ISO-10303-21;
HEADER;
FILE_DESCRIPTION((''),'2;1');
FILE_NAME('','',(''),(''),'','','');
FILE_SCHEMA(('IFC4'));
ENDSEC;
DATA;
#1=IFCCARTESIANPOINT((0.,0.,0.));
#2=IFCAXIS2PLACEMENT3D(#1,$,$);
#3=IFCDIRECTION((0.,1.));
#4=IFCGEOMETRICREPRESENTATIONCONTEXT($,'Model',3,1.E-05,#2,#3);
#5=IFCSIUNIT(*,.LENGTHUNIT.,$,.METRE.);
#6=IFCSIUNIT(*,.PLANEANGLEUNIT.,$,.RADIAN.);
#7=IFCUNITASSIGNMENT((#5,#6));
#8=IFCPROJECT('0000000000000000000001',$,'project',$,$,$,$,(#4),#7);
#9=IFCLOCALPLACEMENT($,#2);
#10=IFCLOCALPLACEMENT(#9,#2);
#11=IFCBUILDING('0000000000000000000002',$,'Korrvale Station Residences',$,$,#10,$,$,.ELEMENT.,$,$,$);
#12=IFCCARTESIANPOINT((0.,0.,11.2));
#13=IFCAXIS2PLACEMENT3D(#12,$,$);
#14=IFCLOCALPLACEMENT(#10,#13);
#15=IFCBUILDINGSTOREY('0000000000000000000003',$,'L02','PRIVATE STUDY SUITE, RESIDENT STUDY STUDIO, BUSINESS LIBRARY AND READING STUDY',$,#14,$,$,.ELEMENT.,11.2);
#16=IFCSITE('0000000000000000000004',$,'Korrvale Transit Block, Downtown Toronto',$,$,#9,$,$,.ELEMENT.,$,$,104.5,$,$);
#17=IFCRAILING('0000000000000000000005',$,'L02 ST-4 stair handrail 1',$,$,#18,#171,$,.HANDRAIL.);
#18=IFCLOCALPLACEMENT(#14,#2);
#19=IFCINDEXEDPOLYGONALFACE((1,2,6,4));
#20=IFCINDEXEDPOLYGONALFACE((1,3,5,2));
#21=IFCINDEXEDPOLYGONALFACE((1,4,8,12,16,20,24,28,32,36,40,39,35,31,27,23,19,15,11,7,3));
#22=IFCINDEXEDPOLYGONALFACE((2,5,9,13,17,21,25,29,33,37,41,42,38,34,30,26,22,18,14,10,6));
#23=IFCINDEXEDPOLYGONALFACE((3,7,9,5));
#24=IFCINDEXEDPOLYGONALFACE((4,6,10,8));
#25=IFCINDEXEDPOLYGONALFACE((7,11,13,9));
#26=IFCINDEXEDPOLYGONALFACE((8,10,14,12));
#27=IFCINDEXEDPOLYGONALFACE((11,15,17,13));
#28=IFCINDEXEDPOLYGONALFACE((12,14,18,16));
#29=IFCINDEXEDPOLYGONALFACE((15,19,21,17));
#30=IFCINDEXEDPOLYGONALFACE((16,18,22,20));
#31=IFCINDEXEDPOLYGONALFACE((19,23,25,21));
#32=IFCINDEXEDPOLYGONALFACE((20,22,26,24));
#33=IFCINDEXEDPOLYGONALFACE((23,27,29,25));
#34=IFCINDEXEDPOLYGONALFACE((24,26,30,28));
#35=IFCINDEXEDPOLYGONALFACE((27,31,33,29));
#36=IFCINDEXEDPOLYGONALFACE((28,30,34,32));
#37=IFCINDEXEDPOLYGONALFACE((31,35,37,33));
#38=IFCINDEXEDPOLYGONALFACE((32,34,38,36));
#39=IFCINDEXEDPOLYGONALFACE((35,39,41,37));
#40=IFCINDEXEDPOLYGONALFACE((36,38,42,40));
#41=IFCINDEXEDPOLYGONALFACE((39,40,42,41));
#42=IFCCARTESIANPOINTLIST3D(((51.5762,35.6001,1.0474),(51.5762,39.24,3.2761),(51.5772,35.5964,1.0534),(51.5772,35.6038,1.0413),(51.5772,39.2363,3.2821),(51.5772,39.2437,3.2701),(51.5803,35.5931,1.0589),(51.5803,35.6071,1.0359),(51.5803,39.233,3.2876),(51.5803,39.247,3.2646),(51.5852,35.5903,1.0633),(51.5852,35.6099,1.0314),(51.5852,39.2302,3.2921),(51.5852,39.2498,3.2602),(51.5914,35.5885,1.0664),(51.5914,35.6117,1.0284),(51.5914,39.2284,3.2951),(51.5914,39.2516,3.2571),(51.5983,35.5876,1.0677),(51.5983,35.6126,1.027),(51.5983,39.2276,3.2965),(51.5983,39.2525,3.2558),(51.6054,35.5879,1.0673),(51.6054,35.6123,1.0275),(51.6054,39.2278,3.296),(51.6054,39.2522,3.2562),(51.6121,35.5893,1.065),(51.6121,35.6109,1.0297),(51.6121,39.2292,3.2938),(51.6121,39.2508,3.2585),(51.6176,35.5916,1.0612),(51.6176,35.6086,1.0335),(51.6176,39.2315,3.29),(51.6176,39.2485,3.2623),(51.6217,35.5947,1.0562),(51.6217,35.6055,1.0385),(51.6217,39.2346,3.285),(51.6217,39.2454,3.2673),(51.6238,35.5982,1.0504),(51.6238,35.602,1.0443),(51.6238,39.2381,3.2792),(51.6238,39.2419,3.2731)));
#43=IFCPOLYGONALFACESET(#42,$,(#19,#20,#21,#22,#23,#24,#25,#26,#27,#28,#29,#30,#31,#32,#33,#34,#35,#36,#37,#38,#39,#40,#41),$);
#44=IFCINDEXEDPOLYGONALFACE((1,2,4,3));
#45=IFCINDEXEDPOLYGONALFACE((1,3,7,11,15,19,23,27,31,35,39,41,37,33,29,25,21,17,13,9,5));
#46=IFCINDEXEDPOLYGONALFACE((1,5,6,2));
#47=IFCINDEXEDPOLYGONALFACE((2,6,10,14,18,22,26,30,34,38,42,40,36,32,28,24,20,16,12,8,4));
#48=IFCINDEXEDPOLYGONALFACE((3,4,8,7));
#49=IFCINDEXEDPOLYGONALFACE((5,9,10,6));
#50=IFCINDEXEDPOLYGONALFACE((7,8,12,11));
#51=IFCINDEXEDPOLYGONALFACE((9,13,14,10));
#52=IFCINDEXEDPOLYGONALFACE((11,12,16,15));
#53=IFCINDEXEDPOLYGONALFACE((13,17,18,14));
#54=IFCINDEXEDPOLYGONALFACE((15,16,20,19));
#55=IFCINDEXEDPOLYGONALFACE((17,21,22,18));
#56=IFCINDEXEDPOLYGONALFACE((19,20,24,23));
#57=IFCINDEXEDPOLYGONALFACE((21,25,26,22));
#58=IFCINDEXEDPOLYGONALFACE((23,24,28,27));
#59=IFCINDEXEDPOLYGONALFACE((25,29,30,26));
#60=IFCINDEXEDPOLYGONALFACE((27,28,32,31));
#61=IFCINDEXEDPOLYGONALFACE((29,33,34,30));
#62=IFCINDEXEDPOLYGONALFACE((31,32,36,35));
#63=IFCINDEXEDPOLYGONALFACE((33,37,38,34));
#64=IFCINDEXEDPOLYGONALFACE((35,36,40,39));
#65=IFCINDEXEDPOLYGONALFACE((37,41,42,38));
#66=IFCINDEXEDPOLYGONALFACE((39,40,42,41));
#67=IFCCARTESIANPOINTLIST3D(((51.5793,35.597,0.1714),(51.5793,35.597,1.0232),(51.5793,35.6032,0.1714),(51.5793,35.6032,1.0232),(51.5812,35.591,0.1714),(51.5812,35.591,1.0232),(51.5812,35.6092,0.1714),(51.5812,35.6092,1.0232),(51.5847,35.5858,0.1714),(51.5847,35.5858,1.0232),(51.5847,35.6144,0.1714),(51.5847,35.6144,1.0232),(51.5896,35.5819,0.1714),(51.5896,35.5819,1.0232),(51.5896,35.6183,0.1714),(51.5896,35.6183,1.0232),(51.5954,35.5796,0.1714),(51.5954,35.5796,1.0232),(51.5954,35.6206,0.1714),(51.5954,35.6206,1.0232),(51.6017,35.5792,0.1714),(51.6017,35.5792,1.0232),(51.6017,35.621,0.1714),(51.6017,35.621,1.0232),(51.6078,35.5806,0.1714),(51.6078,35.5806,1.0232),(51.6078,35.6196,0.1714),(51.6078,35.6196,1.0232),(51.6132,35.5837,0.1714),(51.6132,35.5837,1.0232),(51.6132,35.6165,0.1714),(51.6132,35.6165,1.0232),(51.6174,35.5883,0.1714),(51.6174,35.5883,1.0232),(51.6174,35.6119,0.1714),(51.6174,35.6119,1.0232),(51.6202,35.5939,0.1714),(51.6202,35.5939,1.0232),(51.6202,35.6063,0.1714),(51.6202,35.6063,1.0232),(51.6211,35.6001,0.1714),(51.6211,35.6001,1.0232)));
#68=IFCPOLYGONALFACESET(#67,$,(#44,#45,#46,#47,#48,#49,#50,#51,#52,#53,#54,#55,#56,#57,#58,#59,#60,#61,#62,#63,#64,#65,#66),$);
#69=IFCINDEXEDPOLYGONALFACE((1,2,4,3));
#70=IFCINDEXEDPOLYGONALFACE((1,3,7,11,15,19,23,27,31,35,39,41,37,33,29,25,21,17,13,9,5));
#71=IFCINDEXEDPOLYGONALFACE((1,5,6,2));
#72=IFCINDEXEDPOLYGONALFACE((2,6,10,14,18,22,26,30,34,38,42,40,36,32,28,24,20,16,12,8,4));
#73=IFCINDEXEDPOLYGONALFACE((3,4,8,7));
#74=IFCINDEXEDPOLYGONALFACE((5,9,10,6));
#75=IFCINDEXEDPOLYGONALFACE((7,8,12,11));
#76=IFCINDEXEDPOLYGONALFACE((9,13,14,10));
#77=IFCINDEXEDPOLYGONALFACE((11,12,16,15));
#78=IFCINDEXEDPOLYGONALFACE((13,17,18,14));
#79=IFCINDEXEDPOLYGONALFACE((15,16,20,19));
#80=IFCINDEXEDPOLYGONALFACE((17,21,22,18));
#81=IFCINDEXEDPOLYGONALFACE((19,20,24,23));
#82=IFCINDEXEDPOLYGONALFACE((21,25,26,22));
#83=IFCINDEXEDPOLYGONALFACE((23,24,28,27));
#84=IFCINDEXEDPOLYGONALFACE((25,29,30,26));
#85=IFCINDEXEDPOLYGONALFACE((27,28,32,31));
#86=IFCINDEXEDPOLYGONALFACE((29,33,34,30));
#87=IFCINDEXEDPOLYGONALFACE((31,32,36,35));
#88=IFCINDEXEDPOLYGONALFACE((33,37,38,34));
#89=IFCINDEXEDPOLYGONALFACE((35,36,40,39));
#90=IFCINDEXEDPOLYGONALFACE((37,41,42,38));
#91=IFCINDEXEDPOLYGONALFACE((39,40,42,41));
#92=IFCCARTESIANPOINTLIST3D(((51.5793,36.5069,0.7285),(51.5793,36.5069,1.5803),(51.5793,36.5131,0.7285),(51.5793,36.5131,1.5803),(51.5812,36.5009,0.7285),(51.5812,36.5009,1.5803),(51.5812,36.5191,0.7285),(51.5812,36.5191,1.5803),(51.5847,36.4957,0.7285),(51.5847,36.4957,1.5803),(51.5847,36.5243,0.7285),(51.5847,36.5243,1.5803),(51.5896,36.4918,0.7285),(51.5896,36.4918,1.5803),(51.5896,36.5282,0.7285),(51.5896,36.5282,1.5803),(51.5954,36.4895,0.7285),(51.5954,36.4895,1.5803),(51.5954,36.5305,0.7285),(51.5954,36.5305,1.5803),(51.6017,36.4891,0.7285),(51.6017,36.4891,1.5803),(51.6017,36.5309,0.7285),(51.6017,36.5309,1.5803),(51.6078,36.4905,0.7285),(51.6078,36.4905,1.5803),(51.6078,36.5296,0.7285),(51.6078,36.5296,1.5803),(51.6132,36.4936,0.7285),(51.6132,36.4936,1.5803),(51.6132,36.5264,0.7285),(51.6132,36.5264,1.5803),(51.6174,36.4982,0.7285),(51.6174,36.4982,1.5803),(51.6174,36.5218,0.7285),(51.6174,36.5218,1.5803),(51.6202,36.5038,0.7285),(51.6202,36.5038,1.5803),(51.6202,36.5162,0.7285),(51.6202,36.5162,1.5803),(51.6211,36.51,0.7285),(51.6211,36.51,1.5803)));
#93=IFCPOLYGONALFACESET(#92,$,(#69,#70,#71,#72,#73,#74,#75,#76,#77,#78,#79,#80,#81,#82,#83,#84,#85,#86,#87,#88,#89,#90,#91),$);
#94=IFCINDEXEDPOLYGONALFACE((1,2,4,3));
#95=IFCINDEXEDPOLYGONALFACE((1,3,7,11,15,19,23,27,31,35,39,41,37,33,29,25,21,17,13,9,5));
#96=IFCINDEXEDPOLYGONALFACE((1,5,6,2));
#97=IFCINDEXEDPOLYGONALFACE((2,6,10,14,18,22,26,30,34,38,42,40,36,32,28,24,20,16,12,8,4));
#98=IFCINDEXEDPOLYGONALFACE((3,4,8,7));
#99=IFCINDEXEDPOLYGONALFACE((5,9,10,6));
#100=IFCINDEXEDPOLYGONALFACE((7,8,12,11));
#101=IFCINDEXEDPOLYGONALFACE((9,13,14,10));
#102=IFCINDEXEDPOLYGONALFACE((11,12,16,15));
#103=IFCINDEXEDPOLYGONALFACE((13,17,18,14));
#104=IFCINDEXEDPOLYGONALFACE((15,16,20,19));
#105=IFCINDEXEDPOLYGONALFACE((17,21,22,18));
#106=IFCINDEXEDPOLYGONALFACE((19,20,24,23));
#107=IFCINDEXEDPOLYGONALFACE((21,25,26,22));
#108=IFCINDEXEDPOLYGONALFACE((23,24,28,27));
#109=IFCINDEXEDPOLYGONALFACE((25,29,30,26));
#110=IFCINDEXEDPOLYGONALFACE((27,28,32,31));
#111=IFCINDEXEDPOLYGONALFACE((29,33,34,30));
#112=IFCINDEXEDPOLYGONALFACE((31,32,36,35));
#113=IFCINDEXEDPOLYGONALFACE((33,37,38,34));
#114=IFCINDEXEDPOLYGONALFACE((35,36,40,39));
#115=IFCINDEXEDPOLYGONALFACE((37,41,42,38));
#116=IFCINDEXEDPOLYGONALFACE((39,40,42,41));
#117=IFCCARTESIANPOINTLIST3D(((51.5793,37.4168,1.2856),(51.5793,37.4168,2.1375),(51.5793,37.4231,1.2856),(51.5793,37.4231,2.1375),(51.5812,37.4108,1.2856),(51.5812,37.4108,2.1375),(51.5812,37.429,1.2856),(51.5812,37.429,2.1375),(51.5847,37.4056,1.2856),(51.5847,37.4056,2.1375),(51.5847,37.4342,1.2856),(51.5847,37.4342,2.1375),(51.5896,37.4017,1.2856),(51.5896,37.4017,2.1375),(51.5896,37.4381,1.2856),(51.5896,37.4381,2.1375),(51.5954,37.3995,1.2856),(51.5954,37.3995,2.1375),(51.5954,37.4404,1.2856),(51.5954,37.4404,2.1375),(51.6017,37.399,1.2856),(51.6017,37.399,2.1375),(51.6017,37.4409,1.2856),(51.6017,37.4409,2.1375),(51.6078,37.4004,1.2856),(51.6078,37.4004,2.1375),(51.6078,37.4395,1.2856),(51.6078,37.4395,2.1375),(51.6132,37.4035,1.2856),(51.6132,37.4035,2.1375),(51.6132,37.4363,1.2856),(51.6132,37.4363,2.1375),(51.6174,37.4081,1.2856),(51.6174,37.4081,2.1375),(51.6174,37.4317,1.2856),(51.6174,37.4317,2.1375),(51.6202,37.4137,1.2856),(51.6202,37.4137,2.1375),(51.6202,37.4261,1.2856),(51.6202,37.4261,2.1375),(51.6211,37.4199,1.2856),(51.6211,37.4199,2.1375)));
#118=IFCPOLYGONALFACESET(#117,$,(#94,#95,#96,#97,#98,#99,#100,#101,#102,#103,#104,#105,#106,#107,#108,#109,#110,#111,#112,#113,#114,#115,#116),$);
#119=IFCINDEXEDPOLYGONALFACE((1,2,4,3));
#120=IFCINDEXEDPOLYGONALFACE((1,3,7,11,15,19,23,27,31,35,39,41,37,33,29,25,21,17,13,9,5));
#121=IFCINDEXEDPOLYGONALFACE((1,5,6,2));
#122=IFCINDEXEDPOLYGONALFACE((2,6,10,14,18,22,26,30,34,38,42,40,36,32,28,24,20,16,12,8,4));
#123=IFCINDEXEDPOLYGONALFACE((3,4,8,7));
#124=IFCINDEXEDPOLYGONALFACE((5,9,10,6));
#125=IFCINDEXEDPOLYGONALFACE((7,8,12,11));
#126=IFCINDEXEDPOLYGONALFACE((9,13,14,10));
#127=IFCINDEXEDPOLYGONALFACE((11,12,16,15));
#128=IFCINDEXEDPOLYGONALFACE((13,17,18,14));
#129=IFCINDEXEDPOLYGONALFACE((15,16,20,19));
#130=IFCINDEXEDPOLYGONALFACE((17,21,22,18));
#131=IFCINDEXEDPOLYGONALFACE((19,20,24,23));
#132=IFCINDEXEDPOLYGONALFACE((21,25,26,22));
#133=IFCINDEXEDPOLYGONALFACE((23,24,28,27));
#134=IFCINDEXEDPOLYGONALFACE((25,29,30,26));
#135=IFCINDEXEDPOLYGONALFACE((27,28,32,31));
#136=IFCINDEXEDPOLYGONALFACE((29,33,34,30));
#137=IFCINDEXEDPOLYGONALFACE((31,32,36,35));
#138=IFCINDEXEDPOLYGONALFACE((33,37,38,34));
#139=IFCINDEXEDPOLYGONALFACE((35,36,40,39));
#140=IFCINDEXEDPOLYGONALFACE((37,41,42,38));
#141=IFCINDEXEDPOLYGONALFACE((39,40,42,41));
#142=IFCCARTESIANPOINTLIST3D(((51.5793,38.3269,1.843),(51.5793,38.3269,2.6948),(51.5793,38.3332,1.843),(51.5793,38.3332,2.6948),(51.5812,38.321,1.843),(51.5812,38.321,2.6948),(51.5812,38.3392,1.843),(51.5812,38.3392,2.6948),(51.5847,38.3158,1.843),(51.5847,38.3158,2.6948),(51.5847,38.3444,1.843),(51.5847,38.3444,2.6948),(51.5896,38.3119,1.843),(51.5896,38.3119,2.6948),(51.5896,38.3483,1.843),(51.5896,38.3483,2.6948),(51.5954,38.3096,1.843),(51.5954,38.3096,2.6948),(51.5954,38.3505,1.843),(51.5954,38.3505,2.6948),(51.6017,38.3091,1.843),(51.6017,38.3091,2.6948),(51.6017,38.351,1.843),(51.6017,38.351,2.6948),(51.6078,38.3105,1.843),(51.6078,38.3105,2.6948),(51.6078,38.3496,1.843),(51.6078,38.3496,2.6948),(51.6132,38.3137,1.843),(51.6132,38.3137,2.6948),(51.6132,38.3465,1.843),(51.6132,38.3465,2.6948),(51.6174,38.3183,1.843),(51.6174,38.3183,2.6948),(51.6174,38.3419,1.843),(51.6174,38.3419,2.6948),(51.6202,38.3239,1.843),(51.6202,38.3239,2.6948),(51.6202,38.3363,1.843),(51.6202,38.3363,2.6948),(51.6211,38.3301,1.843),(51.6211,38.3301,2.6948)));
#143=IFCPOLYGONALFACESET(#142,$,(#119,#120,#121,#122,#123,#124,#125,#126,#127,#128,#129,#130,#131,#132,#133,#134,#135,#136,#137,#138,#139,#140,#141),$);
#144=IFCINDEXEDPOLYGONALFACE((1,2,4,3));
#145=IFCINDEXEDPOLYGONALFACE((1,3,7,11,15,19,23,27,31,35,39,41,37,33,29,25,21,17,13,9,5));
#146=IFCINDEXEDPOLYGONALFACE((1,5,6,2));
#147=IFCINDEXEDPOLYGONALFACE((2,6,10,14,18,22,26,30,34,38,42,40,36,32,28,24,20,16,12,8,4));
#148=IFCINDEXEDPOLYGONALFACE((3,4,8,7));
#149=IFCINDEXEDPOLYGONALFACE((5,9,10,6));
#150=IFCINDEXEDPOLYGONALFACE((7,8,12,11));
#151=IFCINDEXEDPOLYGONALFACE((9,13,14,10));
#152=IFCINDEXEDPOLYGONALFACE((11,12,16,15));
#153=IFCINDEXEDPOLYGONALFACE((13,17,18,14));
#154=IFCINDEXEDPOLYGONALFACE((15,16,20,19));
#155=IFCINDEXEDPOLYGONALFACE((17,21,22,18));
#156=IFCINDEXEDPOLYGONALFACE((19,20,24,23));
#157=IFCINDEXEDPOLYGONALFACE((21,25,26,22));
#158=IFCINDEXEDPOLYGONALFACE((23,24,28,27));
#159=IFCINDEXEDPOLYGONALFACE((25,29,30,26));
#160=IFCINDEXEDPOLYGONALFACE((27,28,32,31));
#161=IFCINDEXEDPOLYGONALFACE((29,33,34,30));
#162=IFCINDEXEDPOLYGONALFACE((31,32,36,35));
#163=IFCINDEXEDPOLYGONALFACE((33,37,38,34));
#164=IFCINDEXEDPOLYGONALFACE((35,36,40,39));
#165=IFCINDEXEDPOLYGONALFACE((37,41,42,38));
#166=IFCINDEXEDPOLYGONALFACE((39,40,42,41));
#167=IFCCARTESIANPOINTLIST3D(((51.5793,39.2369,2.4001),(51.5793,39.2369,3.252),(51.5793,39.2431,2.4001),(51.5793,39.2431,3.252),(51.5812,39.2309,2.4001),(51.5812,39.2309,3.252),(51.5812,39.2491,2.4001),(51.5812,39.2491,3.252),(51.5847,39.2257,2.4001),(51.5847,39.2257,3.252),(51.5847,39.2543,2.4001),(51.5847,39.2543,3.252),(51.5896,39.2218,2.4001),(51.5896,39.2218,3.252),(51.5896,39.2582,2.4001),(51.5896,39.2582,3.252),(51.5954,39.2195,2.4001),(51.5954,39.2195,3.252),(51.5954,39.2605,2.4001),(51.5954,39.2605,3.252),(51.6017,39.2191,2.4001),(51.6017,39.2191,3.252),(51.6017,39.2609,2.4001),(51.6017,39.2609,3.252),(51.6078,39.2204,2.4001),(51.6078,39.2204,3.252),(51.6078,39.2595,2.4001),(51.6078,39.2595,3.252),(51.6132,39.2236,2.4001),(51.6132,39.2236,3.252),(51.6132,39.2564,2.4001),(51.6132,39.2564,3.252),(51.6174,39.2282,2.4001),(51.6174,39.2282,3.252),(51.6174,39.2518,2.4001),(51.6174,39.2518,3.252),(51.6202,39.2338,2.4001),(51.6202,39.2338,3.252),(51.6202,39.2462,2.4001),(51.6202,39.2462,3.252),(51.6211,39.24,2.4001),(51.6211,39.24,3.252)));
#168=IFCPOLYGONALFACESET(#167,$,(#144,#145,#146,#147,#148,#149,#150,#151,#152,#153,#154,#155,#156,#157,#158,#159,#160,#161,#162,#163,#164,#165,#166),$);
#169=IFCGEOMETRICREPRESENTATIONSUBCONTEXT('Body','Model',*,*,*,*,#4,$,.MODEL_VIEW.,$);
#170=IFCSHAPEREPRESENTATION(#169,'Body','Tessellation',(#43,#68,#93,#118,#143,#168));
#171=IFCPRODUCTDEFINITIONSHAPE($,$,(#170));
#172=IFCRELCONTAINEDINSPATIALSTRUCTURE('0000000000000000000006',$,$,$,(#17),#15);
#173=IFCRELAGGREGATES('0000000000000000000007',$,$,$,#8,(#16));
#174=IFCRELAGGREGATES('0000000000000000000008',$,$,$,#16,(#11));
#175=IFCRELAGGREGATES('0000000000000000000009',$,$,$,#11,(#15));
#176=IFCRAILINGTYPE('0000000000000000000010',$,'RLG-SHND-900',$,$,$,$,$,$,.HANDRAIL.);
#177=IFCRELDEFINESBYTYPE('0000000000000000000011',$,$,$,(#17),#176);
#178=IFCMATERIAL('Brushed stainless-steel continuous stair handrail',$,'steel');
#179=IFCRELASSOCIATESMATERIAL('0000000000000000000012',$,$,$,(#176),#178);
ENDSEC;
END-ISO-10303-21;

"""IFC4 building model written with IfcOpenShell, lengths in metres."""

from ifc_helpers import new_model, si_unit, direction, frame, origin, origin_2d, place, context, subcontext, project, spatial, circle, extrude, material, type_object, element, save


model = new_model("IFC4")

# Units and contexts
model_context = context("Model", 3, precision=1e-05, world=origin(), true_north=direction((0.0, 1.0)))
body_context = subcontext(model_context, "Body", "Model", "MODEL_VIEW")
ifc_project = project(units=[si_unit("LENGTHUNIT", "METRE"), si_unit("PLANEANGLEUNIT", "RADIAN")], contexts=[model_context])

# Site, building, storey
site_placement = place(None, origin())
site = spatial("IfcSite", under=ifc_project, at=site_placement, Name="Korrvale Transit Block, Downtown Toronto", CompositionType="ELEMENT", RefElevation=104.5)
building_placement = place(site_placement, origin())
building = spatial("IfcBuilding", under=site, at=building_placement, Name="Korrvale Station Residences", CompositionType="ELEMENT")
storey_placement = place(building_placement, frame((0.0, 0.0, 11.2)))
storey = spatial("IfcBuildingStorey", under=building, at=storey_placement, Name="L02", Description="PRIVATE STUDY SUITE, RESIDENT STUDY STUDIO, BUSINESS LIBRARY AND READING STUDY", CompositionType="ELEMENT", Elevation=11.2)

# Railing
ifc_material_1 = material(Name="Brushed stainless-steel continuous stair handrail", Category="steel")
railing_type_1 = type_object("IfcRailingType", Name="RLG-SHND-900", PredefinedType="HANDRAIL", material=ifc_material_1)
railing_1_placement = place(storey_placement, frame((51.6001, 35.6001, 0.1714)))
element("IfcRailing", 1, at=railing_1_placement, inside=storey, type_object=railing_type_1, Name="L02 ST-4 stair handrail 1", PredefinedType="HANDRAIL", context=body_context, shape_type="SweptSolid", body=[
    extrude(circle(Radius=0.0239, at=origin_2d()), frame((0.0, 0.0, 0.876), z_axis=(0.0, 0.852825, 0.522197), x_axis=(-1.0, 0.0, 0.0)), (0.0, 0.0, 1.0), 4.2681),
    extrude(circle(Radius=0.021, at=origin_2d()), origin(), (0.0, 0.0, 1.0), 0.8518),
    extrude(circle(Radius=0.021, at=origin_2d()), frame((0.0, 0.9099, 0.5571)), (0.0, 0.0, 1.0), 0.8518),
    extrude(circle(Radius=0.021, at=origin_2d()), frame((0.0, 1.8198, 1.1143)), (0.0, 0.0, 1.0), 0.8518),
    extrude(circle(Radius=0.021, at=origin_2d()), frame((0.0, 2.73, 1.6716)), (0.0, 0.0, 1.0), 0.8518),
    extrude(circle(Radius=0.021, at=origin_2d()), frame((0.0, 3.6399, 2.2288)), (0.0, 0.0, 1.0), 0.8518),
])

save(model, "model.ifc")
